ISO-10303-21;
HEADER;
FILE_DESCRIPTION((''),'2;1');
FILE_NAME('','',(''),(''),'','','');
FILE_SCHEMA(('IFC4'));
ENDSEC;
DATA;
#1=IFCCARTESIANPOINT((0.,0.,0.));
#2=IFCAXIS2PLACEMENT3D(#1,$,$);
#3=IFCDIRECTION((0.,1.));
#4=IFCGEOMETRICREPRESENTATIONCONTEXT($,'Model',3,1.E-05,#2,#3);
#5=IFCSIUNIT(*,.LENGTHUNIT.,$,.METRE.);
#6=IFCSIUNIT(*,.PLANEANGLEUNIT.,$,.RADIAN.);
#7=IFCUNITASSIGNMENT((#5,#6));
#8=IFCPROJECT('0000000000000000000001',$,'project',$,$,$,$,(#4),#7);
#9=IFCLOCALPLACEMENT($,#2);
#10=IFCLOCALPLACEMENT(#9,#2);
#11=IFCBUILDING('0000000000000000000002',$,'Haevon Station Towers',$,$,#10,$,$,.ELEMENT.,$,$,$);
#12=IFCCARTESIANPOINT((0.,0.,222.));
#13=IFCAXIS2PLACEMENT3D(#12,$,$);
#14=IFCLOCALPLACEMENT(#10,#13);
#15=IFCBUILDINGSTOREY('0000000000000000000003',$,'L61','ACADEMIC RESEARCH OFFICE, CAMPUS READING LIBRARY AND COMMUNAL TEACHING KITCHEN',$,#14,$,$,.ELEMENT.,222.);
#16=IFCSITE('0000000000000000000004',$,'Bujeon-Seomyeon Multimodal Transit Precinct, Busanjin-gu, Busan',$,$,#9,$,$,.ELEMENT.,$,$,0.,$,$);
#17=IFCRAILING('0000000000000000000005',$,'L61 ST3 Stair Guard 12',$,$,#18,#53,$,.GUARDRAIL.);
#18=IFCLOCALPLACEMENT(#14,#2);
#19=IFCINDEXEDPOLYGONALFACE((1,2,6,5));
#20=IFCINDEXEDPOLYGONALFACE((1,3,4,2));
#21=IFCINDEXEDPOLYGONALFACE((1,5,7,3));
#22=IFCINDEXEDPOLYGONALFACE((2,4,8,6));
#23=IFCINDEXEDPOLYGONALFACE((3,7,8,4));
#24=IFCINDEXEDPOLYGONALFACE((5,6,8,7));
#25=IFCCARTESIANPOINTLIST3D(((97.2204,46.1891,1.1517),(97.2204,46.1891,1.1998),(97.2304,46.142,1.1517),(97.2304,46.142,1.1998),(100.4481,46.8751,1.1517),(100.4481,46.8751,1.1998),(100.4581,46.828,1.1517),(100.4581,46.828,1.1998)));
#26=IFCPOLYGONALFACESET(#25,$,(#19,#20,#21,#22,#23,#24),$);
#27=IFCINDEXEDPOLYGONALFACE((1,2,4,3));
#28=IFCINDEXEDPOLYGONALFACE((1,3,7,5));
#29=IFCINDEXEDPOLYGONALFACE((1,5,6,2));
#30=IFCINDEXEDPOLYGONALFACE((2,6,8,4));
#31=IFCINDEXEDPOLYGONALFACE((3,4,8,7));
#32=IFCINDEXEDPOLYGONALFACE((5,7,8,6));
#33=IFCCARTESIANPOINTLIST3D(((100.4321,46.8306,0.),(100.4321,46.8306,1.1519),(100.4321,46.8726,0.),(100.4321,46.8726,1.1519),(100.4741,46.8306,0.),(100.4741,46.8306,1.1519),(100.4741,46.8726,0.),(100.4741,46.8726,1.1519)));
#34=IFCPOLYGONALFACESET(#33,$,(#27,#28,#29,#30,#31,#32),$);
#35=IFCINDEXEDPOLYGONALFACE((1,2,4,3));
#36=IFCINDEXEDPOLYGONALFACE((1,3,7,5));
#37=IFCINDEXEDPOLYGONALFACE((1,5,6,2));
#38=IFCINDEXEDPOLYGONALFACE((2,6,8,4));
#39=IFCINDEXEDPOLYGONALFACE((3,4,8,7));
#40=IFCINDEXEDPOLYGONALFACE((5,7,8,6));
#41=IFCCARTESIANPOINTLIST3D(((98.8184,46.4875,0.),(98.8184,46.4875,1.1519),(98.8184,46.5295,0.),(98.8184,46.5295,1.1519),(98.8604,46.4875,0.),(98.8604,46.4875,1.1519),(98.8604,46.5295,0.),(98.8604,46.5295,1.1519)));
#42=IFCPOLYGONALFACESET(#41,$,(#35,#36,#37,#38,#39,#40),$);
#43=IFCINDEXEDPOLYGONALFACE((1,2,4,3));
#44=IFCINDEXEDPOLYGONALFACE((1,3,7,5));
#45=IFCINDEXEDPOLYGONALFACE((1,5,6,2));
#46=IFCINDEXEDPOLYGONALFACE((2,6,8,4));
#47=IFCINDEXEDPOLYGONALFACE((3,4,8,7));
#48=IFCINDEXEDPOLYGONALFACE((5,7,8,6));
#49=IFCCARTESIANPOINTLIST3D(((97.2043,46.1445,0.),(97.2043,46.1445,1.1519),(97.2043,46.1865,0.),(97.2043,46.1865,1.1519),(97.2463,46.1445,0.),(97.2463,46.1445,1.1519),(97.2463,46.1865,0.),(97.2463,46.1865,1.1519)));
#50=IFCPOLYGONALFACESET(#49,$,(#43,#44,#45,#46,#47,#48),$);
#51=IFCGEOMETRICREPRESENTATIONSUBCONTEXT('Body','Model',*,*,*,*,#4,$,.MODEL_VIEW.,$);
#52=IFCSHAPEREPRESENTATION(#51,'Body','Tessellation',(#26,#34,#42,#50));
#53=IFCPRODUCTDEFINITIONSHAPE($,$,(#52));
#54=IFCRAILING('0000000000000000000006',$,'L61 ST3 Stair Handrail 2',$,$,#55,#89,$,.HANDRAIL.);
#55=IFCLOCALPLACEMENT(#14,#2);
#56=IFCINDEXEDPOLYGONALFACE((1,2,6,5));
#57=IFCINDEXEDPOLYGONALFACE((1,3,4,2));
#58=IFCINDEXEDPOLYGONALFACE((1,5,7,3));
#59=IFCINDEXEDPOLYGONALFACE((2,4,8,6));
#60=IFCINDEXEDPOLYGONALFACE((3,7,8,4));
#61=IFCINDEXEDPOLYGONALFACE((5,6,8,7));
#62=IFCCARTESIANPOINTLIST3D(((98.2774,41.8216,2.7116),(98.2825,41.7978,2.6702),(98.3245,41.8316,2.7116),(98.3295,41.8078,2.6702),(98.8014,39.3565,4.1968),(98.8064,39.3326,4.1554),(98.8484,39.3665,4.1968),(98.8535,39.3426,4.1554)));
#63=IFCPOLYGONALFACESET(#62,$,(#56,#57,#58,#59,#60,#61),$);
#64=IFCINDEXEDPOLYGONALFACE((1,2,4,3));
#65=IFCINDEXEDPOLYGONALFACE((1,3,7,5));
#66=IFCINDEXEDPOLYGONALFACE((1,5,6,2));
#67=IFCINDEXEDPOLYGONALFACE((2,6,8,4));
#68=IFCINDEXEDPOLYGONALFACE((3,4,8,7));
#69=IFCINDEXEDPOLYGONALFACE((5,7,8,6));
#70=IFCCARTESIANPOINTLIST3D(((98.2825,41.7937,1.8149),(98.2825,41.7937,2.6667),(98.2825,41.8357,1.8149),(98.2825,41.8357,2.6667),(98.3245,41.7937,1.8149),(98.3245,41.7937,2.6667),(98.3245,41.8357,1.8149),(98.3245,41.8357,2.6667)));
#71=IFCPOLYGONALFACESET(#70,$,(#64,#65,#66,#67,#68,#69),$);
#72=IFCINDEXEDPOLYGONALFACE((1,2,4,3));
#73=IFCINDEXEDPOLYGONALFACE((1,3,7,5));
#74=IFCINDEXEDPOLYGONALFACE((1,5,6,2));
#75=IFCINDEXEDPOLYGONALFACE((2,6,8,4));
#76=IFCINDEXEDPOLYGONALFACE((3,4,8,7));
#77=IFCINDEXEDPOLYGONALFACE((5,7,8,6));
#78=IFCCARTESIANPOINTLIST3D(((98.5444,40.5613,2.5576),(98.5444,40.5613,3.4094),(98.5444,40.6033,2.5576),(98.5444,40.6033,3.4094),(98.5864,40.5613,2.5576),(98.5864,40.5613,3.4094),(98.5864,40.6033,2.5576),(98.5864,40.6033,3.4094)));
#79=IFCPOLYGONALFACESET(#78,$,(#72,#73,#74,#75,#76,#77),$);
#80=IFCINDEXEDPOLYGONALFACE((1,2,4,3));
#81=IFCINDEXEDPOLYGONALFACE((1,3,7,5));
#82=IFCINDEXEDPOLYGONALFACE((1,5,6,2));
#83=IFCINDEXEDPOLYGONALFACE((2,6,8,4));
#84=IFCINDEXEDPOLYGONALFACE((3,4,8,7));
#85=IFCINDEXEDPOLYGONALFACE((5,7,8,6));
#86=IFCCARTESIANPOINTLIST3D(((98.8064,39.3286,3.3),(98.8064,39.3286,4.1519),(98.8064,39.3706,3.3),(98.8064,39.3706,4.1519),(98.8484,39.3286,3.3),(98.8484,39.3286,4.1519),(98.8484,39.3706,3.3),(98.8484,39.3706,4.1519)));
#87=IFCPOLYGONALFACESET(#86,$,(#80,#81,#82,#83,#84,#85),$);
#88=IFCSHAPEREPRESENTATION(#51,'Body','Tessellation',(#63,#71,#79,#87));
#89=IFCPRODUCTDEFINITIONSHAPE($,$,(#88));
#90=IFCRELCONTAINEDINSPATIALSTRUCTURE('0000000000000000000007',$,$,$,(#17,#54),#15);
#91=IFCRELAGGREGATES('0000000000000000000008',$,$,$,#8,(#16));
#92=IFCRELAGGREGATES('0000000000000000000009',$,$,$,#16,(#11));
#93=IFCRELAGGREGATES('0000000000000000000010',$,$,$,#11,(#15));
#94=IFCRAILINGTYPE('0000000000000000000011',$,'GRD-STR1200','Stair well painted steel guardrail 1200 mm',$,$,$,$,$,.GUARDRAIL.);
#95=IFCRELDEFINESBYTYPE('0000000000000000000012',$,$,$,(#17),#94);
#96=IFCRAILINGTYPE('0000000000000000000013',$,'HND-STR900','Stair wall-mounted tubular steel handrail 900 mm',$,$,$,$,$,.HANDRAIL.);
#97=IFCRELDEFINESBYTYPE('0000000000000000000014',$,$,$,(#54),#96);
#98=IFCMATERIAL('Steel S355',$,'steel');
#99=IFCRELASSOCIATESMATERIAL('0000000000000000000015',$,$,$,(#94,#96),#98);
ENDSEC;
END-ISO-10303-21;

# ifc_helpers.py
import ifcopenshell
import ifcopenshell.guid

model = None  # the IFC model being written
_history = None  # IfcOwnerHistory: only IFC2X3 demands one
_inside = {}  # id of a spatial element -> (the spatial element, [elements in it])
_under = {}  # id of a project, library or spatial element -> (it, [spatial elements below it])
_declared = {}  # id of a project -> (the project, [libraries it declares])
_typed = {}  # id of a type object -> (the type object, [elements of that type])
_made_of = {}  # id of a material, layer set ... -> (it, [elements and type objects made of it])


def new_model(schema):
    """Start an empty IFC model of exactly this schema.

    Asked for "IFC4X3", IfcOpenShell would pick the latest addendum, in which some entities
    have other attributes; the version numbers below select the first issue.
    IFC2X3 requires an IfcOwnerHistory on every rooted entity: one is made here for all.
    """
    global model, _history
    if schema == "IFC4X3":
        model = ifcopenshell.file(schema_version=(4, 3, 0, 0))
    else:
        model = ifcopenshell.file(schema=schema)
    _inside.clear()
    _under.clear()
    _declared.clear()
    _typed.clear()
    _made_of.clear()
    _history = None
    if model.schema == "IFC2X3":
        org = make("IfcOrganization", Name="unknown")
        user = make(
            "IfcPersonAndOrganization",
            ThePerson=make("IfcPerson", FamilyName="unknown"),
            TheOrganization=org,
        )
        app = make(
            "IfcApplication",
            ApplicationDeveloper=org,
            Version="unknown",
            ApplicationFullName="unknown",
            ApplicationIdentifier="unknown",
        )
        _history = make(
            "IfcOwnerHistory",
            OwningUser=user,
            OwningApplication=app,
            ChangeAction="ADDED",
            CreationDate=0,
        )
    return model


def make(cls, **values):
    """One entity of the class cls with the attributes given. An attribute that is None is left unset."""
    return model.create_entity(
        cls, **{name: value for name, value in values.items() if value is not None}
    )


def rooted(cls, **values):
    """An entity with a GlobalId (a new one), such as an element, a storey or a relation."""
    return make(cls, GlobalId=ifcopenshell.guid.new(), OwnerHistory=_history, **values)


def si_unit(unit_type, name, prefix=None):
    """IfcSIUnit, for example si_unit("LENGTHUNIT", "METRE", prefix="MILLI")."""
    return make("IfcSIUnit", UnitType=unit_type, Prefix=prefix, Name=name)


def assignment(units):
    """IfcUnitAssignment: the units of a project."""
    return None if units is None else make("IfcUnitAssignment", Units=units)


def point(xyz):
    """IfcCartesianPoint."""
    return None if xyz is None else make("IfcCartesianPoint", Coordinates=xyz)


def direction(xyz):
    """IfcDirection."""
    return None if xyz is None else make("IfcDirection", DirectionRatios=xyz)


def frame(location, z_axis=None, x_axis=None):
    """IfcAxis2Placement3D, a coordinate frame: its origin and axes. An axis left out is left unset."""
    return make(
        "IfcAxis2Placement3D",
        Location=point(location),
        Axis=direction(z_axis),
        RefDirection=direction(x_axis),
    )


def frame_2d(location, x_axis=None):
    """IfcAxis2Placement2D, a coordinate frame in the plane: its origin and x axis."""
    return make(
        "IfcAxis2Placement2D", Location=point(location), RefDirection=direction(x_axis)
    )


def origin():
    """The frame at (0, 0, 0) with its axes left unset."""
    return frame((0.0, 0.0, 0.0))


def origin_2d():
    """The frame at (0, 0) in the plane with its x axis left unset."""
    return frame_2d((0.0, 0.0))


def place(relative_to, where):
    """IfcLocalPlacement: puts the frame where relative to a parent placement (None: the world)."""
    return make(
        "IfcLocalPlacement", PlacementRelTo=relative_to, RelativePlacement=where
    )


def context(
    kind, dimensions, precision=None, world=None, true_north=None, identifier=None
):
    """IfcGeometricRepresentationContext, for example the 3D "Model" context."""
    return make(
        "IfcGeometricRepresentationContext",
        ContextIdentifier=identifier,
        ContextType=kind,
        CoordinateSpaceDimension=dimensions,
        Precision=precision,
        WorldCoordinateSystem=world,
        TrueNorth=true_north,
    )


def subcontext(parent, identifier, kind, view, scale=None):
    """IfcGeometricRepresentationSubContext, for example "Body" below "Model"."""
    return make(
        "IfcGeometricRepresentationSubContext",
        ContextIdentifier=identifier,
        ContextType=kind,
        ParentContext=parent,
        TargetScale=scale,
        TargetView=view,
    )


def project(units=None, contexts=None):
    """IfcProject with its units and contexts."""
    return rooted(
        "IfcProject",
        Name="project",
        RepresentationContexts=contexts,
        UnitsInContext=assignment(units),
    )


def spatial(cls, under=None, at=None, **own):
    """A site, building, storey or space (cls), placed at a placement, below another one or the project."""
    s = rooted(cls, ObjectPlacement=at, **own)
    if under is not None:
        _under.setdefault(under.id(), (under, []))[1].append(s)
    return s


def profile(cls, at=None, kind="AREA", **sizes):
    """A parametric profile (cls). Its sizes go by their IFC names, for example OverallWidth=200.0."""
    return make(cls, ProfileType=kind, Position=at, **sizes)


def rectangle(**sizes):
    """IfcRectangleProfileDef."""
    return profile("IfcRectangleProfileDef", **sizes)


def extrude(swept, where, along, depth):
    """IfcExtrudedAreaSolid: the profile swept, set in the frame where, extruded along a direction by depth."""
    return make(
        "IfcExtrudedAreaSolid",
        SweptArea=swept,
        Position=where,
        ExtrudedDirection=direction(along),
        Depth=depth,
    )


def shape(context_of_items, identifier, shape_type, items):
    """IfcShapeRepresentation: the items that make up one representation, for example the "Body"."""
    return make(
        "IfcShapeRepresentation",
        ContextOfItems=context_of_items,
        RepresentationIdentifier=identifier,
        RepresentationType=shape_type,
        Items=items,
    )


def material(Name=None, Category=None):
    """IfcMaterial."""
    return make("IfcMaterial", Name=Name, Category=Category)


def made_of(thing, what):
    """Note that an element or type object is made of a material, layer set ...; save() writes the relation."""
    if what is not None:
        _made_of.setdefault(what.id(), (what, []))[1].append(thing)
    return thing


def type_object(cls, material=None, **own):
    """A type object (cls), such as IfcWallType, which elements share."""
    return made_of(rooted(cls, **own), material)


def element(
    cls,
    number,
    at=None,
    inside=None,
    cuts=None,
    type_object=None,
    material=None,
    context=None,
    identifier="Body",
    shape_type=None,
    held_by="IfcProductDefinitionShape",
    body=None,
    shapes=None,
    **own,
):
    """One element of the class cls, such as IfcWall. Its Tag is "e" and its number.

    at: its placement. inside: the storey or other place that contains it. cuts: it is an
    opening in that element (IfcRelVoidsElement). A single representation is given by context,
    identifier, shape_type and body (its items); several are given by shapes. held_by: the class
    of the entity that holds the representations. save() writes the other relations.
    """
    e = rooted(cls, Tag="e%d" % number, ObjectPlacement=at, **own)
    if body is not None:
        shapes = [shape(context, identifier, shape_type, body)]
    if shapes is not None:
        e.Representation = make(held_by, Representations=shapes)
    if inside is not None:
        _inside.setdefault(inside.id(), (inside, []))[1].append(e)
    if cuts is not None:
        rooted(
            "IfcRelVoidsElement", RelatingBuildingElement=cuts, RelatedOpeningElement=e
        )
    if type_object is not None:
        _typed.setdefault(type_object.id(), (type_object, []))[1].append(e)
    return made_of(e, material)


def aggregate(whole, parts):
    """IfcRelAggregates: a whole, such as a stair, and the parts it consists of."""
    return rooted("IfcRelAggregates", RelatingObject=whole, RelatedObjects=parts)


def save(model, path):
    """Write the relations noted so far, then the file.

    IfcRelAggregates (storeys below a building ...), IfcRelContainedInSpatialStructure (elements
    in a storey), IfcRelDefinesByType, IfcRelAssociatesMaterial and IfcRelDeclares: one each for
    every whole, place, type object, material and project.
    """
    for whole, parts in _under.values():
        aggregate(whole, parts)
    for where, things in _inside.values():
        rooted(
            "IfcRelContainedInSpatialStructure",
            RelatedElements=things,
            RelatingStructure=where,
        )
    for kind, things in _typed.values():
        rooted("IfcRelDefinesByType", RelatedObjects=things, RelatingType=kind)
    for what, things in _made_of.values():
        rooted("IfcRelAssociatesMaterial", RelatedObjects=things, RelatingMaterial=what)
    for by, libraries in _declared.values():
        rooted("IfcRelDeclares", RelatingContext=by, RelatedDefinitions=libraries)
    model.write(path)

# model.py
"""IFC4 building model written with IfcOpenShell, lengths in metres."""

from ifc_helpers import new_model, si_unit, direction, frame, origin, origin_2d, place, context, subcontext, project, spatial, rectangle, extrude, material, type_object, element, save


model = new_model("IFC4")

# Units and contexts
model_context = context("Model", 3, precision=1e-05, world=origin(), true_north=direction((0.0, 1.0)))
body_context = subcontext(model_context, "Body", "Model", "MODEL_VIEW")
ifc_project = project(units=[si_unit("LENGTHUNIT", "METRE"), si_unit("PLANEANGLEUNIT", "RADIAN")], contexts=[model_context])

# Site, building, storey
site_placement = place(None, origin())
site = spatial("IfcSite", under=ifc_project, at=site_placement, Name="Bujeon-Seomyeon Multimodal Transit Precinct, Busanjin-gu, Busan", CompositionType="ELEMENT", RefElevation=0.0)
building_placement = place(site_placement, origin())
building = spatial("IfcBuilding", under=site, at=building_placement, Name="Haevon Station Towers", CompositionType="ELEMENT")
storey_placement = place(building_placement, frame((0.0, 0.0, 222.0)))
storey = spatial("IfcBuildingStorey", under=building, at=storey_placement, Name="L61", Description="ACADEMIC RESEARCH OFFICE, CAMPUS READING LIBRARY AND COMMUNAL TEACHING KITCHEN", CompositionType="ELEMENT", Elevation=222.0)

# Shared definitions
ifc_material_1 = material(Name="Steel S355", Category="steel")

# Railings
railing_type_1 = type_object("IfcRailingType", Name="GRD-STR1200", Description="Stair well painted steel guardrail 1200 mm", PredefinedType="GUARDRAIL", material=ifc_material_1)
railing_1_placement = place(storey_placement, frame((100.4531, 46.8516, 0.0)))
element("IfcRailing", 1, at=railing_1_placement, inside=storey, type_object=railing_type_1, Name="L61 ST3 Stair Guard 12", PredefinedType="GUARDRAIL", context=body_context, shape_type="SweptSolid", body=[
    extrude(rectangle(XDim=0.0481, YDim=0.0481, at=origin_2d()), frame((0.0, 0.0, 1.1758), z_axis=(-0.978151, -0.207897, 0.0), x_axis=(0.207897, -0.978151, 0.0)), (0.0, 0.0, 1.0), 3.2998),
    extrude(rectangle(XDim=0.042, YDim=0.042, at=origin_2d()), origin(), (0.0, 0.0, 1.0), 1.1519),
    extrude(rectangle(XDim=0.042, YDim=0.042, at=origin_2d()), frame((-1.6138, -0.343, 0.0)), (0.0, 0.0, 1.0), 1.1519),
    extrude(rectangle(XDim=0.042, YDim=0.042, at=origin_2d()), frame((-3.2278, -0.686, 0.0)), (0.0, 0.0, 1.0), 1.1519),
])
railing_type_2 = type_object("IfcRailingType", Name="HND-STR900", Description="Stair wall-mounted tubular steel handrail 900 mm", PredefinedType="HANDRAIL", material=ifc_material_1)
railing_2_placement = place(storey_placement, frame((98.3035, 41.8147, 1.8149)))
element("IfcRailing", 2, at=railing_2_placement, inside=storey, type_object=railing_type_2, Name="L61 ST3 Stair Handrail 2", PredefinedType="HANDRAIL", context=body_context, shape_type="SweptSolid", body=[
    extrude(rectangle(XDim=0.0481, YDim=0.0481, at=origin_2d()), frame((0.0, 0.0, 0.876), z_axis=(0.179109, -0.842712, 0.507697), x_axis=(0.978151, 0.207895, 0.0)), (0.0, 0.0, 1.0), 2.9253),
    extrude(rectangle(XDim=0.042, YDim=0.042, at=origin_2d()), origin(), (0.0, 0.0, 1.0), 0.8518),
    extrude(rectangle(XDim=0.042, YDim=0.042, at=origin_2d()), frame((0.262, -1.2324, 0.7427)), (0.0, 0.0, 1.0), 0.8518),
    extrude(rectangle(XDim=0.042, YDim=0.042, at=origin_2d()), frame((0.5239, -2.4651, 1.4851)), (0.0, 0.0, 1.0), 0.8518),
])

save(model, "model.ifc")
